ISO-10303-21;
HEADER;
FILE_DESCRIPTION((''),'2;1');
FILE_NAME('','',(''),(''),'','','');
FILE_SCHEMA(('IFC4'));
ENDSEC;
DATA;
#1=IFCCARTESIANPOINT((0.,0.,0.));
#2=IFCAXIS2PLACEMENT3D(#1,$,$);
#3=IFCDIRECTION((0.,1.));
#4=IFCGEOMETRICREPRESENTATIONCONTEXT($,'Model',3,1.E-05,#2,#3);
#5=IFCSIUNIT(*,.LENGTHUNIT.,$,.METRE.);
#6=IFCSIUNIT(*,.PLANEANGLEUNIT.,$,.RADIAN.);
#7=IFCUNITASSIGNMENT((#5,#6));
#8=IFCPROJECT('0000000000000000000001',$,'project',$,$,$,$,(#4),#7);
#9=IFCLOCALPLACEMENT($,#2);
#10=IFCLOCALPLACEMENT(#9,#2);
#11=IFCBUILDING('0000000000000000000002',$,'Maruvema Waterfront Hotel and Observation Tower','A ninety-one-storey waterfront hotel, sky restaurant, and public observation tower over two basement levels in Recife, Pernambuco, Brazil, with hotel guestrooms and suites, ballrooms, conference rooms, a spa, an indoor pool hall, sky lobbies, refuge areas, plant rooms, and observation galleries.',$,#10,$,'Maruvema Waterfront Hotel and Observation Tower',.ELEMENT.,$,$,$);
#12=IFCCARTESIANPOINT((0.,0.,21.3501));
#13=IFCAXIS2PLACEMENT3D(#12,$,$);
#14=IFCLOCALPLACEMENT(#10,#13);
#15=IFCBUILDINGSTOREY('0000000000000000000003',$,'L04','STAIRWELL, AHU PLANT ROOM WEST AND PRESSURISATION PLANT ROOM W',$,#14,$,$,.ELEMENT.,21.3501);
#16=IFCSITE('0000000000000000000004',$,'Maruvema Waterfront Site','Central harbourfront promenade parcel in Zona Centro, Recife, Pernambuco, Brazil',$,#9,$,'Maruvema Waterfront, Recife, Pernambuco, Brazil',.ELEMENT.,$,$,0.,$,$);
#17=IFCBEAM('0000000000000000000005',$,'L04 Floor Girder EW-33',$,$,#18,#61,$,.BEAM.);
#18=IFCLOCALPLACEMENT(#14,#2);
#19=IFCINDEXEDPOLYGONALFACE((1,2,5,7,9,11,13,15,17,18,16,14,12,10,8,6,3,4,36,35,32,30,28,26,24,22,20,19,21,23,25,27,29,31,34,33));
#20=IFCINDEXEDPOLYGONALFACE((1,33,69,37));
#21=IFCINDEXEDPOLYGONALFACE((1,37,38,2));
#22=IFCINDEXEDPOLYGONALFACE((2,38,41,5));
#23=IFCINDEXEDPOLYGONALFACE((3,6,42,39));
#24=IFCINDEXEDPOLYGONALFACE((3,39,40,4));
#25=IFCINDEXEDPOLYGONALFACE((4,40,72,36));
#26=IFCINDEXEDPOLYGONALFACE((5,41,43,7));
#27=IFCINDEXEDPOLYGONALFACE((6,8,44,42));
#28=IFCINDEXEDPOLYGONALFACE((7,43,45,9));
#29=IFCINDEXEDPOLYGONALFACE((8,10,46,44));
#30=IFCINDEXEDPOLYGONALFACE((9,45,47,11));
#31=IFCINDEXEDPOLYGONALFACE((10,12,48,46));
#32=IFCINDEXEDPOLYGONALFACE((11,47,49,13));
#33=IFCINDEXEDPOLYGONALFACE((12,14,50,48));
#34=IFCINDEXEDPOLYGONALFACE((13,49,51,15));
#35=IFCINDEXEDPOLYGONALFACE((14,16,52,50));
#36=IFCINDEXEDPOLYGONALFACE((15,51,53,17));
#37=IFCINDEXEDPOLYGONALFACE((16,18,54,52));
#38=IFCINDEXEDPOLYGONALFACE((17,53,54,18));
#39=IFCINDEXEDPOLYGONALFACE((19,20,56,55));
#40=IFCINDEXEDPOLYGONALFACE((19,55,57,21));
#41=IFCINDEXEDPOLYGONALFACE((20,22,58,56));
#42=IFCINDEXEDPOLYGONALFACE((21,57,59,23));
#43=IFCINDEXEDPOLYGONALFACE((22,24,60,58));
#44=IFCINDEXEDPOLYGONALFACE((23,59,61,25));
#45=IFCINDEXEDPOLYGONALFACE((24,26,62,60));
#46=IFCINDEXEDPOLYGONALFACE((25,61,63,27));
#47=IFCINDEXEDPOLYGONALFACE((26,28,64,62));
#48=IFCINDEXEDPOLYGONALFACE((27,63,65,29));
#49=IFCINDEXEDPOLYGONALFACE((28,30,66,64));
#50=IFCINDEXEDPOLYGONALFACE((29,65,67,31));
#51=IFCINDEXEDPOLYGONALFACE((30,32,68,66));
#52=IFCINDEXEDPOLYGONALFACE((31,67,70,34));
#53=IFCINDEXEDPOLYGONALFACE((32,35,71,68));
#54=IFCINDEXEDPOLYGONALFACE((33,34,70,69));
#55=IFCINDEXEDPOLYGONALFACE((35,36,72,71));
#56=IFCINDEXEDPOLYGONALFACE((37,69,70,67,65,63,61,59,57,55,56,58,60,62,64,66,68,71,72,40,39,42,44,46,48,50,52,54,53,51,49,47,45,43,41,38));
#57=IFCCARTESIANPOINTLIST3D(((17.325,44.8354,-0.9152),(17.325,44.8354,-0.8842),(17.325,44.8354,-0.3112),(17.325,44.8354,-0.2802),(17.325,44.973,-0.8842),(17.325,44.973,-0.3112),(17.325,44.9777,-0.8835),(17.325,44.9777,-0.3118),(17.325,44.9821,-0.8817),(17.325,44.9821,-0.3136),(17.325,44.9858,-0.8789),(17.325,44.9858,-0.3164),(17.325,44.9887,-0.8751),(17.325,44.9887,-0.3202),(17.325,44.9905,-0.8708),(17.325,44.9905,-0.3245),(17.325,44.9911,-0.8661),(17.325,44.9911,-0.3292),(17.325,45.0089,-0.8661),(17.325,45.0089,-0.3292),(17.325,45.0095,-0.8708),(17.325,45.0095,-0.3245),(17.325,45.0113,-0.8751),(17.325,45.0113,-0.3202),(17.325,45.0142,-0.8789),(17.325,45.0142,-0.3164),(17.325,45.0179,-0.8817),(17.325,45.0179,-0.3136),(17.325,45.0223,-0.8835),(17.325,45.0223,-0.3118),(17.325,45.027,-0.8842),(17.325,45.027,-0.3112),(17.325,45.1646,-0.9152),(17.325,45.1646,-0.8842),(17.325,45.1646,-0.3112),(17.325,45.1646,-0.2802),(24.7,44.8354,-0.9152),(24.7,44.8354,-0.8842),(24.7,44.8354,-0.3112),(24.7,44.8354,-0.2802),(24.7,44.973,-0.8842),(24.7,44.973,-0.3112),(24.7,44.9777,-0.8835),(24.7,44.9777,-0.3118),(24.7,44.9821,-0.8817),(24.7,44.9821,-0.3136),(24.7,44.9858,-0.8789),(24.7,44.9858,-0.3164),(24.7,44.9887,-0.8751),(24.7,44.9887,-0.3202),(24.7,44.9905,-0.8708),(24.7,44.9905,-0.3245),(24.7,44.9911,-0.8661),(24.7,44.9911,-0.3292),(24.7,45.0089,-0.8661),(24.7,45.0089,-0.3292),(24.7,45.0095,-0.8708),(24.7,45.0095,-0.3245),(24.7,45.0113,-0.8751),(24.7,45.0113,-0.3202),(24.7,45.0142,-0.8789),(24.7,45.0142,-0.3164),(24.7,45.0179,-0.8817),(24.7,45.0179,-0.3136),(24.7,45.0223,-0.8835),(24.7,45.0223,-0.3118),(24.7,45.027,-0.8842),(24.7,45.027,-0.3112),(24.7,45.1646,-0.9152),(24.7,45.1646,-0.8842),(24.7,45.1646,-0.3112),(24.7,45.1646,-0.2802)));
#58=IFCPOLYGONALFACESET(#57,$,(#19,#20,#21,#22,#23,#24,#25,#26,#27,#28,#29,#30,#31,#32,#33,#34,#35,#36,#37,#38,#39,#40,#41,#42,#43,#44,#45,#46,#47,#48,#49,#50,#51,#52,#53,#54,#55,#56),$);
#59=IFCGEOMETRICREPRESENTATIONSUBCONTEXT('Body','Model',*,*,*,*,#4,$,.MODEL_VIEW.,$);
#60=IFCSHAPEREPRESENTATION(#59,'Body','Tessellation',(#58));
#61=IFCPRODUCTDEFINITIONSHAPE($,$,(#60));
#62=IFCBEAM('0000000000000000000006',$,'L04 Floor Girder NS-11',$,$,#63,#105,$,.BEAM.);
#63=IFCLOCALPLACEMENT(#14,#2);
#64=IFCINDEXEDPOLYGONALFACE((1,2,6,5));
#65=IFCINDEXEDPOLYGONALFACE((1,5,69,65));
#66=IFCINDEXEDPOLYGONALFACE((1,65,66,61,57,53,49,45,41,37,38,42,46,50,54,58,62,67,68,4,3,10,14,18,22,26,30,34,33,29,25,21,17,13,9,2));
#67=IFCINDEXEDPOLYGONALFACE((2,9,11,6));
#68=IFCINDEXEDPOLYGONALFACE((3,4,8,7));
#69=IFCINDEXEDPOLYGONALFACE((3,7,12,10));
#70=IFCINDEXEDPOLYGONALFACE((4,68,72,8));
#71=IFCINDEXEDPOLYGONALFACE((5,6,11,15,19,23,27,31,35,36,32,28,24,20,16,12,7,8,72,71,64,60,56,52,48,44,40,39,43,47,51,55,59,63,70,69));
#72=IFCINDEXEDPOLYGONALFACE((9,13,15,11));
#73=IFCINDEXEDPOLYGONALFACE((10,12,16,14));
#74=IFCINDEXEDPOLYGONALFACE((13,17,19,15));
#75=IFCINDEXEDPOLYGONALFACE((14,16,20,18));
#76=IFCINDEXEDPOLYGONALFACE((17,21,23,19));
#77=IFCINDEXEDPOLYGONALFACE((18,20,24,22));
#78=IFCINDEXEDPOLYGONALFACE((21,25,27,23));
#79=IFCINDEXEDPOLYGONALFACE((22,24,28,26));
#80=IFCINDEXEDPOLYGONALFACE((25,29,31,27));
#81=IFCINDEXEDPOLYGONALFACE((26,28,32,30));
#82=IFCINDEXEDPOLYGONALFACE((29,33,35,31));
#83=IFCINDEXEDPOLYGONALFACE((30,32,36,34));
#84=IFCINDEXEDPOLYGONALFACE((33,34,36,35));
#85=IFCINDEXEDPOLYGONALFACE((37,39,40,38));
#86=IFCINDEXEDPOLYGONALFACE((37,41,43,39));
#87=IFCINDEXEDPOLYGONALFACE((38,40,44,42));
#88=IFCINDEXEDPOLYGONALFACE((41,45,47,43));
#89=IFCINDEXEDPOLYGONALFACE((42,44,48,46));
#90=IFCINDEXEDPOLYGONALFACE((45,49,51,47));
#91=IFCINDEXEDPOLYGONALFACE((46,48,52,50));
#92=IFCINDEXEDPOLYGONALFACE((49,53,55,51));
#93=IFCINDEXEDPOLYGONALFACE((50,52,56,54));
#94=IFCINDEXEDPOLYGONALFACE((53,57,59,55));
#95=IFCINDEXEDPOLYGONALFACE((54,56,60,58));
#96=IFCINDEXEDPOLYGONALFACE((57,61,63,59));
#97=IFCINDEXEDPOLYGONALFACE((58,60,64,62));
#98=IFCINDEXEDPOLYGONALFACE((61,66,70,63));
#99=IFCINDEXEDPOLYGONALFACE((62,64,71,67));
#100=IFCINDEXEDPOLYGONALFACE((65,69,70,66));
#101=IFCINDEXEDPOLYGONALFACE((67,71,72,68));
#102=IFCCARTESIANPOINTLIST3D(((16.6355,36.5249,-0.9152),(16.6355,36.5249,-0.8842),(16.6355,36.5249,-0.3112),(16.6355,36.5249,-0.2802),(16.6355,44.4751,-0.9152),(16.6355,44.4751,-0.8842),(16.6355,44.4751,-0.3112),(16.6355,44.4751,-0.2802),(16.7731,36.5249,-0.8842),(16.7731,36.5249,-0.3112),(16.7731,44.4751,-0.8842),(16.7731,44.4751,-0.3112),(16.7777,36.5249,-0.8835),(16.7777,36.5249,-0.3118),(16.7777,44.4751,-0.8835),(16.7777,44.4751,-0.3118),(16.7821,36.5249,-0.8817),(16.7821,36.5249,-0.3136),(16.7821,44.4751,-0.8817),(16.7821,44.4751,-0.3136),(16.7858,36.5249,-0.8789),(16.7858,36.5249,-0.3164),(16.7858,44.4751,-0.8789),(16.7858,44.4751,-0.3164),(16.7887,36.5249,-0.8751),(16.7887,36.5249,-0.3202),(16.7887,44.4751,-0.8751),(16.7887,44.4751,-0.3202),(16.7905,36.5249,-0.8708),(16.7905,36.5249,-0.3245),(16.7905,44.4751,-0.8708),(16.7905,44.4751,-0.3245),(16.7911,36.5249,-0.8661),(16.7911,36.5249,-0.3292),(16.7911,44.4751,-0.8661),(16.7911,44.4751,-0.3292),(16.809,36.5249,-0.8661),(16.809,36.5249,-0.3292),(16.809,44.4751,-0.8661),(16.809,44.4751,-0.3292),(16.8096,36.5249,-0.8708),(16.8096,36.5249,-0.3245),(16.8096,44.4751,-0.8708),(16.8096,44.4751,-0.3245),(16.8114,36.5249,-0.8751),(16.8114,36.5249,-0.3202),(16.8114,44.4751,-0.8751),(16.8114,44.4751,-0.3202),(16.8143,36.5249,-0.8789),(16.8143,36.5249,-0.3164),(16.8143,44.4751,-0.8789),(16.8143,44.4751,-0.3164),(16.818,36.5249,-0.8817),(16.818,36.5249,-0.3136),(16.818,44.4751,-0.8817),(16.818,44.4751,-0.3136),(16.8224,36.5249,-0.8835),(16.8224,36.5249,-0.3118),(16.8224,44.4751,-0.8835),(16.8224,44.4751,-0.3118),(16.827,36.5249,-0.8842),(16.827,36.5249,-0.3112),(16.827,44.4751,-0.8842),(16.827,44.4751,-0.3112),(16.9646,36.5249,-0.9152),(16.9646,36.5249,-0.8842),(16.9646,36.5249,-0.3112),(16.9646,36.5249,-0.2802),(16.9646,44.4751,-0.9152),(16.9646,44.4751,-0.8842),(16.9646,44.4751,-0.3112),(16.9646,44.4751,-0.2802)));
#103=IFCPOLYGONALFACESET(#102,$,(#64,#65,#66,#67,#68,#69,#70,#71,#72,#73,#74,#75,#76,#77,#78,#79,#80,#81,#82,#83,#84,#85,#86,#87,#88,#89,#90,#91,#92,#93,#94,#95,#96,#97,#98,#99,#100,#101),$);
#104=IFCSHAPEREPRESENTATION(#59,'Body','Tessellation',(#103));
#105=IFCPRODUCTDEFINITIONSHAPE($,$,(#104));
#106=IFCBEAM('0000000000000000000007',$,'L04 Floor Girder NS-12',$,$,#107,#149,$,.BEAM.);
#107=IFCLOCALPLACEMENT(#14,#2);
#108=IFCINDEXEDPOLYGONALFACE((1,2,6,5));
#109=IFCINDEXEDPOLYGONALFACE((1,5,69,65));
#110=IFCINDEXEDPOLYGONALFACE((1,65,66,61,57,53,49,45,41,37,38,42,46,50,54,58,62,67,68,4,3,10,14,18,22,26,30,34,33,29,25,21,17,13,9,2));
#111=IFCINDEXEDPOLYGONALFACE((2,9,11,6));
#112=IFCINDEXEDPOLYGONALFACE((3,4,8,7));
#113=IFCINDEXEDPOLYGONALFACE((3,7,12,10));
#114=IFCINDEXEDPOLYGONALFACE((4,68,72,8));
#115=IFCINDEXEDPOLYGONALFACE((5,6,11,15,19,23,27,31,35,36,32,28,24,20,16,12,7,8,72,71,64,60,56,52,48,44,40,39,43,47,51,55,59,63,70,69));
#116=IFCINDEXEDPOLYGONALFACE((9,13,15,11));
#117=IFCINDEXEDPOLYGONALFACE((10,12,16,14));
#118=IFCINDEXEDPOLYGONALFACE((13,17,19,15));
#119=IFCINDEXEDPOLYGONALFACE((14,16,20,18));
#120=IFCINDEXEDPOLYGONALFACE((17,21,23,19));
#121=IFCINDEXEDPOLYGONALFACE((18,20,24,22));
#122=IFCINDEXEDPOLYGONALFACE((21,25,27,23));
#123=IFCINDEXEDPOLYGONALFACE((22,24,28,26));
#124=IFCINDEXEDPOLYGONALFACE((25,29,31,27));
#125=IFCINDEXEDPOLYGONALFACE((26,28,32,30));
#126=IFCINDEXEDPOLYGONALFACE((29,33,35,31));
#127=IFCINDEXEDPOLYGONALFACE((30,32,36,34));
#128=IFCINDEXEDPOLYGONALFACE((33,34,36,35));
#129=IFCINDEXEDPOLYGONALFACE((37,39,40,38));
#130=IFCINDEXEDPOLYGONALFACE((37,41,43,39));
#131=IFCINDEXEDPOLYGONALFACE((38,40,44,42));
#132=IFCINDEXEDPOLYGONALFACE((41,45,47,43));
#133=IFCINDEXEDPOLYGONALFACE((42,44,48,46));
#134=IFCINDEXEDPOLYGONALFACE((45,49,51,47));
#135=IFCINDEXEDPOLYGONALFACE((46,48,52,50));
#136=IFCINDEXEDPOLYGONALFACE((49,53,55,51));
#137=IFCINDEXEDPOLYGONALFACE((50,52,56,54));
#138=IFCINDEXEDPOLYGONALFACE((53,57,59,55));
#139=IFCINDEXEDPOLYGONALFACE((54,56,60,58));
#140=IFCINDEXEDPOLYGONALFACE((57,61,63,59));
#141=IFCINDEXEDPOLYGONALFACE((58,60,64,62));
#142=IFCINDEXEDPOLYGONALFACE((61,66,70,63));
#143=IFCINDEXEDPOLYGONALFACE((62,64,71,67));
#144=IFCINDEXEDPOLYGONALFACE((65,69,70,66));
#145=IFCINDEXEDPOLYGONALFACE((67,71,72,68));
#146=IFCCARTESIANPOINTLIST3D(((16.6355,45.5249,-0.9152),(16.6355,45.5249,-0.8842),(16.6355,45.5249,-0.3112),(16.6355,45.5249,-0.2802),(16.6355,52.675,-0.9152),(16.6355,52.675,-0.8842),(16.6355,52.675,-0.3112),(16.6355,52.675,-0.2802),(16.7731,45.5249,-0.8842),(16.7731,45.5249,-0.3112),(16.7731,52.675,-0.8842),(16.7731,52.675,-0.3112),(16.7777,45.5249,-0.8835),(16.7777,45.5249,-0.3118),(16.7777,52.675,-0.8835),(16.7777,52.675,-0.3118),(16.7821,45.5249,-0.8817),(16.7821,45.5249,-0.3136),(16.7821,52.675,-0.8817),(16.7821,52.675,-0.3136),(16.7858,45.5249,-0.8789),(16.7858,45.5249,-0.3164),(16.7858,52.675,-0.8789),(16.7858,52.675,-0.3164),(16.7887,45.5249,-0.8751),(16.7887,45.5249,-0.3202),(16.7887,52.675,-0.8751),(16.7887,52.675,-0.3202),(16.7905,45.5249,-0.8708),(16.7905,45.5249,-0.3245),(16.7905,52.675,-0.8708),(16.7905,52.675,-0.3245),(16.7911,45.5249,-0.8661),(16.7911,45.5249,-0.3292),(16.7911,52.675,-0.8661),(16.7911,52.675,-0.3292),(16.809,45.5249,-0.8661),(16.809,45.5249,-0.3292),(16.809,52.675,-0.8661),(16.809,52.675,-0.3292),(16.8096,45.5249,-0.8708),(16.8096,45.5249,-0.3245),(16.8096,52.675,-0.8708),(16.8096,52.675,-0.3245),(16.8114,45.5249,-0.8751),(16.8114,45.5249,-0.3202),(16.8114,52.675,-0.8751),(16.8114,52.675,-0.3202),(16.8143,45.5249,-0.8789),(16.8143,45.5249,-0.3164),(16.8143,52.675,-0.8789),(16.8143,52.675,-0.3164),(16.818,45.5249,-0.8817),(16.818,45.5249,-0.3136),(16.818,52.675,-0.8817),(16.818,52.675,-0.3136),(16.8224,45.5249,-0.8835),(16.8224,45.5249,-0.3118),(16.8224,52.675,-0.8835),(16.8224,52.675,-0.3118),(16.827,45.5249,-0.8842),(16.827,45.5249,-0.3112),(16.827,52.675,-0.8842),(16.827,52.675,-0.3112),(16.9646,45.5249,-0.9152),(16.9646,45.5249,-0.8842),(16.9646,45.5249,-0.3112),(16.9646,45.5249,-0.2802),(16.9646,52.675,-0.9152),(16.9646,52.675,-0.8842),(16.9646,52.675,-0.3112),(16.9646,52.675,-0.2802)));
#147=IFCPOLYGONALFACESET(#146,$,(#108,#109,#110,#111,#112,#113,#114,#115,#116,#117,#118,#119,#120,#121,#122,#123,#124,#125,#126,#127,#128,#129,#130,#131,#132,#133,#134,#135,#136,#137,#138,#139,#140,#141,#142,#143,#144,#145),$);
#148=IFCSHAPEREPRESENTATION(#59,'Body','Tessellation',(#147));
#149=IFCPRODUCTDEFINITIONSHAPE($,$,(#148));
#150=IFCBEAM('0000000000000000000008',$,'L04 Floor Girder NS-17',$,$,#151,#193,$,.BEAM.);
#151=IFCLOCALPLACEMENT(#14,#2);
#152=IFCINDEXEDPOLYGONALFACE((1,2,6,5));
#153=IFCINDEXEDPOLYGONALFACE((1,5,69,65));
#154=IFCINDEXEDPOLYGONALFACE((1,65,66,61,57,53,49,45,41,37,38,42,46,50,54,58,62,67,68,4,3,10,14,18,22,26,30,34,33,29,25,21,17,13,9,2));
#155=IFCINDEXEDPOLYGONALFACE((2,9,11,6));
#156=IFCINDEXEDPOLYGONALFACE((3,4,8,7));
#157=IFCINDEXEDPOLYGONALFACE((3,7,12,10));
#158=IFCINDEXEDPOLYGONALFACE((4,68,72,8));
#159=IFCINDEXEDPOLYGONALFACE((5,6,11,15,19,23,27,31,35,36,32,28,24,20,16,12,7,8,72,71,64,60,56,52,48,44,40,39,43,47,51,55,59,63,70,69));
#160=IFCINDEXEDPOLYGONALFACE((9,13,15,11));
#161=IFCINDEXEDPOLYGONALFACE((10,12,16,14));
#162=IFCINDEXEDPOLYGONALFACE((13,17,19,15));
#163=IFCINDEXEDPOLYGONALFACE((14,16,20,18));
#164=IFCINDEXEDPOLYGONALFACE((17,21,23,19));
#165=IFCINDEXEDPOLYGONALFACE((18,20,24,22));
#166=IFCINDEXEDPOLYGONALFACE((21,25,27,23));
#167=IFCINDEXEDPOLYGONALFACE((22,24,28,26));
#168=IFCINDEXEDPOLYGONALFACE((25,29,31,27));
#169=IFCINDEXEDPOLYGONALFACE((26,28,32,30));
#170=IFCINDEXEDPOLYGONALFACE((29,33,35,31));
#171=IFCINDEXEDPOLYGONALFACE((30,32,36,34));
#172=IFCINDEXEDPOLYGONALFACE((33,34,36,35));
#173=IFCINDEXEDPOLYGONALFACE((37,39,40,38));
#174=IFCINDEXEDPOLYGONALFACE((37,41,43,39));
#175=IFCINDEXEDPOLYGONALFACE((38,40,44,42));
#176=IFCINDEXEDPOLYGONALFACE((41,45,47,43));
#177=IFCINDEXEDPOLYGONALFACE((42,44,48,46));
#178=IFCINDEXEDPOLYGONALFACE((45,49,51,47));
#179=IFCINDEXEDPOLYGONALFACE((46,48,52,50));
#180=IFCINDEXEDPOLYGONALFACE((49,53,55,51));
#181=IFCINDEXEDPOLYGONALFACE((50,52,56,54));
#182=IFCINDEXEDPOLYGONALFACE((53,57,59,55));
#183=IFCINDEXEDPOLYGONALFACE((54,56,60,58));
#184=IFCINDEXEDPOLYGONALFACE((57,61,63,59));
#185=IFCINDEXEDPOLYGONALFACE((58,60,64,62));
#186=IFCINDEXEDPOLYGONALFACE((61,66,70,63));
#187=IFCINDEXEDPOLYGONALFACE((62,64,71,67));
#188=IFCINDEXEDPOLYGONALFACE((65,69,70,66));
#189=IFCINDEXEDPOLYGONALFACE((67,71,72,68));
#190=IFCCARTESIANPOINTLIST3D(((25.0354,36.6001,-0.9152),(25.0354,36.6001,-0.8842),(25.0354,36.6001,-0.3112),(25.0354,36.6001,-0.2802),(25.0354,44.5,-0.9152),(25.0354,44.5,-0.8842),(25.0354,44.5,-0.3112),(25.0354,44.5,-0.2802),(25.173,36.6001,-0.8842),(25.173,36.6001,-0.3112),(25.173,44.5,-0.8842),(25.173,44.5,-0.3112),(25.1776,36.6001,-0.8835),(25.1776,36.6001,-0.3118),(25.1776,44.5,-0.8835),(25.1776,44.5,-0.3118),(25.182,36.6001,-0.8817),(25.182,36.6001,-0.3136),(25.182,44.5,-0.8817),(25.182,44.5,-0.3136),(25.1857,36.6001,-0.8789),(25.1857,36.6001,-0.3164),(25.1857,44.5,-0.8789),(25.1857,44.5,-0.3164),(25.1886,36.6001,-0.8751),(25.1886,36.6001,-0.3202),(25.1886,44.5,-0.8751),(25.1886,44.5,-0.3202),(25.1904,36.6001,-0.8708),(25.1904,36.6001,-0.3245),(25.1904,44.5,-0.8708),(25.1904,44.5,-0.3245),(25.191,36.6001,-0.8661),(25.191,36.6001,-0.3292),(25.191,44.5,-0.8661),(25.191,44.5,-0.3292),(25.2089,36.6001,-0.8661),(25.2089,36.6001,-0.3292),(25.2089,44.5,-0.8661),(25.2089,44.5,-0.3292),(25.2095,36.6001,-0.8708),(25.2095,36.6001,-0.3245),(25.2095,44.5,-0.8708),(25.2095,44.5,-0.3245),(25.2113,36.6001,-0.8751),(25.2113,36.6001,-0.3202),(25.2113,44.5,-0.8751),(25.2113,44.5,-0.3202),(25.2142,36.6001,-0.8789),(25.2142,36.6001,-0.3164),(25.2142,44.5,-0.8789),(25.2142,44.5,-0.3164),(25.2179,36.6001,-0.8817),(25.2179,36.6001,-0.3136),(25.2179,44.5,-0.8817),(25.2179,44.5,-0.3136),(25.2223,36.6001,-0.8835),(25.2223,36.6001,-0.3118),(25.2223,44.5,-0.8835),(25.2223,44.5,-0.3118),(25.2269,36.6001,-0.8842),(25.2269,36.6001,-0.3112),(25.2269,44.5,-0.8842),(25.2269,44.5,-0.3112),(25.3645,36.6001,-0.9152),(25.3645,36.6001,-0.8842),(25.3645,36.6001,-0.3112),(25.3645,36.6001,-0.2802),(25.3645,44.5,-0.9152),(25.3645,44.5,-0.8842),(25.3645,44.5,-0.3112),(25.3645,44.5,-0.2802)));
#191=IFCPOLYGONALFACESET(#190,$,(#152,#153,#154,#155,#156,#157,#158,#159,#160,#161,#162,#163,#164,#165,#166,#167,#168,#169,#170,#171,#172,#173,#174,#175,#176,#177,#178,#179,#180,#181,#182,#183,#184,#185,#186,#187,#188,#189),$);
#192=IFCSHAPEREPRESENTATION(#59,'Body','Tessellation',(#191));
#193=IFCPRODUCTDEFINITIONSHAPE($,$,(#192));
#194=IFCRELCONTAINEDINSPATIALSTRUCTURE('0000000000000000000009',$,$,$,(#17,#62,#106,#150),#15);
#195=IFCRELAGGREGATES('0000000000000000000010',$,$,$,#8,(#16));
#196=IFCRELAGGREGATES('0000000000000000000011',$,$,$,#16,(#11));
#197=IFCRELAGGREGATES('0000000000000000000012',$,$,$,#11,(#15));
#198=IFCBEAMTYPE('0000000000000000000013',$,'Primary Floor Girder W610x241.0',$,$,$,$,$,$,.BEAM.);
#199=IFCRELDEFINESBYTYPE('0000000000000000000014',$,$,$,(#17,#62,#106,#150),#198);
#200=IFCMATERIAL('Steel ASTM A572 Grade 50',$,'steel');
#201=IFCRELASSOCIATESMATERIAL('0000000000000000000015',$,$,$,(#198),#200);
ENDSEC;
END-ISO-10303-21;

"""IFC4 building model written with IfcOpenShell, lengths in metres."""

from ifc_helpers import new_model, si_unit, direction, frame, origin, origin_2d, place, context, subcontext, project, spatial, i_section, extrude, material, material_profile, profile_set, type_object, element, save


model = new_model("IFC4")

# Units and contexts
model_context = context("Model", 3, precision=1e-05, world=origin(), true_north=direction((0.0, 1.0)))
body_context = subcontext(model_context, "Body", "Model", "MODEL_VIEW")
ifc_project = project(units=[si_unit("LENGTHUNIT", "METRE"), si_unit("PLANEANGLEUNIT", "RADIAN")], contexts=[model_context])

# Site, building, storey
site_placement = place(None, origin())
site = spatial("IfcSite", under=ifc_project, at=site_placement, Name="Maruvema Waterfront Site", Description="Central harbourfront promenade parcel in Zona Centro, Recife, Pernambuco, Brazil", LongName="Maruvema Waterfront, Recife, Pernambuco, Brazil", CompositionType="ELEMENT", RefElevation=0.0)
building_placement = place(site_placement, origin())
building = spatial("IfcBuilding", under=site, at=building_placement, Name="Maruvema Waterfront Hotel and Observation Tower", Description="A ninety-one-storey waterfront hotel, sky restaurant, and public observation tower over two basement levels in Recife, Pernambuco, Brazil, with hotel guestrooms and suites, ballrooms, conference rooms, a spa, an indoor pool hall, sky lobbies, refuge areas, plant rooms, and observation galleries.", LongName="Maruvema Waterfront Hotel and Observation Tower", CompositionType="ELEMENT")
storey_placement = place(building_placement, frame((0.0, 0.0, 21.3501)))
storey = spatial("IfcBuildingStorey", under=building, at=storey_placement, Name="L04", Description="STAIRWELL, AHU PLANT ROOM WEST AND PRESSURISATION PLANT ROOM W", CompositionType="ELEMENT", Elevation=21.3501)

# Beams
ifc_material_1 = material(Name="Steel ASTM A572 Grade 50", Category="steel")
ifc_material_profile_1 = material_profile(ifc_material_1, i_section(OverallWidth=0.3291, OverallDepth=0.635, WebThickness=0.0178, FlangeThickness=0.031, FilletRadius=0.0181, at=origin_2d()), Name="W610x241.0")
ifc_profile_set_1 = profile_set([ifc_material_profile_1], Name="Steel ASTM A572 Grade 50")
beam_type_1 = type_object("IfcBeamType", Name="Primary Floor Girder W610x241.0", PredefinedType="BEAM", material=ifc_profile_set_1)
beam_1_placement = place(storey_placement, frame((17.325, 45.0, -0.5977), z_axis=(1.0, 0.0, 0.0), x_axis=(0.0, 1.0, 0.0)))
element("IfcBeam", 1, at=beam_1_placement, inside=storey, type_object=beam_type_1, Name="L04 Floor Girder EW-33", PredefinedType="BEAM", context=body_context, shape_type="SweptSolid", body=[
    extrude(i_section(OverallWidth=0.3291, OverallDepth=0.635, WebThickness=0.0178, FlangeThickness=0.031, FilletRadius=0.0181, at=origin_2d()), origin(), (0.0, 0.0, 1.0), 7.375),
])
beam_2_placement = place(storey_placement, frame((16.8, 36.5249, -0.5977), z_axis=(0.0, 1.0, 0.0), x_axis=(-1.0, 0.0, 0.0)))
element("IfcBeam", 2, at=beam_2_placement, inside=storey, type_object=beam_type_1, Name="L04 Floor Girder NS-11", PredefinedType="BEAM", context=body_context, shape_type="SweptSolid", body=[
    extrude(i_section(OverallWidth=0.3291, OverallDepth=0.635, WebThickness=0.0178, FlangeThickness=0.031, FilletRadius=0.0181, at=origin_2d()), origin(), (0.0, 0.0, 1.0), 7.9502),
])
beam_3_placement = place(storey_placement, frame((16.8, 45.5249, -0.5977), z_axis=(0.0, 1.0, 0.0), x_axis=(-1.0, 0.0, 0.0)))
element("IfcBeam", 3, at=beam_3_placement, inside=storey, type_object=beam_type_1, Name="L04 Floor Girder NS-12", PredefinedType="BEAM", context=body_context, shape_type="SweptSolid", body=[
    extrude(i_section(OverallWidth=0.3291, OverallDepth=0.635, WebThickness=0.0178, FlangeThickness=0.031, FilletRadius=0.0181, at=origin_2d()), origin(), (0.0, 0.0, 1.0), 7.1501),
])
beam_4_placement = place(storey_placement, frame((25.2, 36.6001, -0.5977), z_axis=(0.0, 1.0, 0.0), x_axis=(-1.0, 0.0, 0.0)))
element("IfcBeam", 4, at=beam_4_placement, inside=storey, type_object=beam_type_1, Name="L04 Floor Girder NS-17", PredefinedType="BEAM", context=body_context, shape_type="SweptSolid", body=[
    extrude(i_section(OverallWidth=0.3291, OverallDepth=0.635, WebThickness=0.0178, FlangeThickness=0.031, FilletRadius=0.0181, at=origin_2d()), origin(), (0.0, 0.0, 1.0), 7.8999),
])

save(model, "model.ifc")
